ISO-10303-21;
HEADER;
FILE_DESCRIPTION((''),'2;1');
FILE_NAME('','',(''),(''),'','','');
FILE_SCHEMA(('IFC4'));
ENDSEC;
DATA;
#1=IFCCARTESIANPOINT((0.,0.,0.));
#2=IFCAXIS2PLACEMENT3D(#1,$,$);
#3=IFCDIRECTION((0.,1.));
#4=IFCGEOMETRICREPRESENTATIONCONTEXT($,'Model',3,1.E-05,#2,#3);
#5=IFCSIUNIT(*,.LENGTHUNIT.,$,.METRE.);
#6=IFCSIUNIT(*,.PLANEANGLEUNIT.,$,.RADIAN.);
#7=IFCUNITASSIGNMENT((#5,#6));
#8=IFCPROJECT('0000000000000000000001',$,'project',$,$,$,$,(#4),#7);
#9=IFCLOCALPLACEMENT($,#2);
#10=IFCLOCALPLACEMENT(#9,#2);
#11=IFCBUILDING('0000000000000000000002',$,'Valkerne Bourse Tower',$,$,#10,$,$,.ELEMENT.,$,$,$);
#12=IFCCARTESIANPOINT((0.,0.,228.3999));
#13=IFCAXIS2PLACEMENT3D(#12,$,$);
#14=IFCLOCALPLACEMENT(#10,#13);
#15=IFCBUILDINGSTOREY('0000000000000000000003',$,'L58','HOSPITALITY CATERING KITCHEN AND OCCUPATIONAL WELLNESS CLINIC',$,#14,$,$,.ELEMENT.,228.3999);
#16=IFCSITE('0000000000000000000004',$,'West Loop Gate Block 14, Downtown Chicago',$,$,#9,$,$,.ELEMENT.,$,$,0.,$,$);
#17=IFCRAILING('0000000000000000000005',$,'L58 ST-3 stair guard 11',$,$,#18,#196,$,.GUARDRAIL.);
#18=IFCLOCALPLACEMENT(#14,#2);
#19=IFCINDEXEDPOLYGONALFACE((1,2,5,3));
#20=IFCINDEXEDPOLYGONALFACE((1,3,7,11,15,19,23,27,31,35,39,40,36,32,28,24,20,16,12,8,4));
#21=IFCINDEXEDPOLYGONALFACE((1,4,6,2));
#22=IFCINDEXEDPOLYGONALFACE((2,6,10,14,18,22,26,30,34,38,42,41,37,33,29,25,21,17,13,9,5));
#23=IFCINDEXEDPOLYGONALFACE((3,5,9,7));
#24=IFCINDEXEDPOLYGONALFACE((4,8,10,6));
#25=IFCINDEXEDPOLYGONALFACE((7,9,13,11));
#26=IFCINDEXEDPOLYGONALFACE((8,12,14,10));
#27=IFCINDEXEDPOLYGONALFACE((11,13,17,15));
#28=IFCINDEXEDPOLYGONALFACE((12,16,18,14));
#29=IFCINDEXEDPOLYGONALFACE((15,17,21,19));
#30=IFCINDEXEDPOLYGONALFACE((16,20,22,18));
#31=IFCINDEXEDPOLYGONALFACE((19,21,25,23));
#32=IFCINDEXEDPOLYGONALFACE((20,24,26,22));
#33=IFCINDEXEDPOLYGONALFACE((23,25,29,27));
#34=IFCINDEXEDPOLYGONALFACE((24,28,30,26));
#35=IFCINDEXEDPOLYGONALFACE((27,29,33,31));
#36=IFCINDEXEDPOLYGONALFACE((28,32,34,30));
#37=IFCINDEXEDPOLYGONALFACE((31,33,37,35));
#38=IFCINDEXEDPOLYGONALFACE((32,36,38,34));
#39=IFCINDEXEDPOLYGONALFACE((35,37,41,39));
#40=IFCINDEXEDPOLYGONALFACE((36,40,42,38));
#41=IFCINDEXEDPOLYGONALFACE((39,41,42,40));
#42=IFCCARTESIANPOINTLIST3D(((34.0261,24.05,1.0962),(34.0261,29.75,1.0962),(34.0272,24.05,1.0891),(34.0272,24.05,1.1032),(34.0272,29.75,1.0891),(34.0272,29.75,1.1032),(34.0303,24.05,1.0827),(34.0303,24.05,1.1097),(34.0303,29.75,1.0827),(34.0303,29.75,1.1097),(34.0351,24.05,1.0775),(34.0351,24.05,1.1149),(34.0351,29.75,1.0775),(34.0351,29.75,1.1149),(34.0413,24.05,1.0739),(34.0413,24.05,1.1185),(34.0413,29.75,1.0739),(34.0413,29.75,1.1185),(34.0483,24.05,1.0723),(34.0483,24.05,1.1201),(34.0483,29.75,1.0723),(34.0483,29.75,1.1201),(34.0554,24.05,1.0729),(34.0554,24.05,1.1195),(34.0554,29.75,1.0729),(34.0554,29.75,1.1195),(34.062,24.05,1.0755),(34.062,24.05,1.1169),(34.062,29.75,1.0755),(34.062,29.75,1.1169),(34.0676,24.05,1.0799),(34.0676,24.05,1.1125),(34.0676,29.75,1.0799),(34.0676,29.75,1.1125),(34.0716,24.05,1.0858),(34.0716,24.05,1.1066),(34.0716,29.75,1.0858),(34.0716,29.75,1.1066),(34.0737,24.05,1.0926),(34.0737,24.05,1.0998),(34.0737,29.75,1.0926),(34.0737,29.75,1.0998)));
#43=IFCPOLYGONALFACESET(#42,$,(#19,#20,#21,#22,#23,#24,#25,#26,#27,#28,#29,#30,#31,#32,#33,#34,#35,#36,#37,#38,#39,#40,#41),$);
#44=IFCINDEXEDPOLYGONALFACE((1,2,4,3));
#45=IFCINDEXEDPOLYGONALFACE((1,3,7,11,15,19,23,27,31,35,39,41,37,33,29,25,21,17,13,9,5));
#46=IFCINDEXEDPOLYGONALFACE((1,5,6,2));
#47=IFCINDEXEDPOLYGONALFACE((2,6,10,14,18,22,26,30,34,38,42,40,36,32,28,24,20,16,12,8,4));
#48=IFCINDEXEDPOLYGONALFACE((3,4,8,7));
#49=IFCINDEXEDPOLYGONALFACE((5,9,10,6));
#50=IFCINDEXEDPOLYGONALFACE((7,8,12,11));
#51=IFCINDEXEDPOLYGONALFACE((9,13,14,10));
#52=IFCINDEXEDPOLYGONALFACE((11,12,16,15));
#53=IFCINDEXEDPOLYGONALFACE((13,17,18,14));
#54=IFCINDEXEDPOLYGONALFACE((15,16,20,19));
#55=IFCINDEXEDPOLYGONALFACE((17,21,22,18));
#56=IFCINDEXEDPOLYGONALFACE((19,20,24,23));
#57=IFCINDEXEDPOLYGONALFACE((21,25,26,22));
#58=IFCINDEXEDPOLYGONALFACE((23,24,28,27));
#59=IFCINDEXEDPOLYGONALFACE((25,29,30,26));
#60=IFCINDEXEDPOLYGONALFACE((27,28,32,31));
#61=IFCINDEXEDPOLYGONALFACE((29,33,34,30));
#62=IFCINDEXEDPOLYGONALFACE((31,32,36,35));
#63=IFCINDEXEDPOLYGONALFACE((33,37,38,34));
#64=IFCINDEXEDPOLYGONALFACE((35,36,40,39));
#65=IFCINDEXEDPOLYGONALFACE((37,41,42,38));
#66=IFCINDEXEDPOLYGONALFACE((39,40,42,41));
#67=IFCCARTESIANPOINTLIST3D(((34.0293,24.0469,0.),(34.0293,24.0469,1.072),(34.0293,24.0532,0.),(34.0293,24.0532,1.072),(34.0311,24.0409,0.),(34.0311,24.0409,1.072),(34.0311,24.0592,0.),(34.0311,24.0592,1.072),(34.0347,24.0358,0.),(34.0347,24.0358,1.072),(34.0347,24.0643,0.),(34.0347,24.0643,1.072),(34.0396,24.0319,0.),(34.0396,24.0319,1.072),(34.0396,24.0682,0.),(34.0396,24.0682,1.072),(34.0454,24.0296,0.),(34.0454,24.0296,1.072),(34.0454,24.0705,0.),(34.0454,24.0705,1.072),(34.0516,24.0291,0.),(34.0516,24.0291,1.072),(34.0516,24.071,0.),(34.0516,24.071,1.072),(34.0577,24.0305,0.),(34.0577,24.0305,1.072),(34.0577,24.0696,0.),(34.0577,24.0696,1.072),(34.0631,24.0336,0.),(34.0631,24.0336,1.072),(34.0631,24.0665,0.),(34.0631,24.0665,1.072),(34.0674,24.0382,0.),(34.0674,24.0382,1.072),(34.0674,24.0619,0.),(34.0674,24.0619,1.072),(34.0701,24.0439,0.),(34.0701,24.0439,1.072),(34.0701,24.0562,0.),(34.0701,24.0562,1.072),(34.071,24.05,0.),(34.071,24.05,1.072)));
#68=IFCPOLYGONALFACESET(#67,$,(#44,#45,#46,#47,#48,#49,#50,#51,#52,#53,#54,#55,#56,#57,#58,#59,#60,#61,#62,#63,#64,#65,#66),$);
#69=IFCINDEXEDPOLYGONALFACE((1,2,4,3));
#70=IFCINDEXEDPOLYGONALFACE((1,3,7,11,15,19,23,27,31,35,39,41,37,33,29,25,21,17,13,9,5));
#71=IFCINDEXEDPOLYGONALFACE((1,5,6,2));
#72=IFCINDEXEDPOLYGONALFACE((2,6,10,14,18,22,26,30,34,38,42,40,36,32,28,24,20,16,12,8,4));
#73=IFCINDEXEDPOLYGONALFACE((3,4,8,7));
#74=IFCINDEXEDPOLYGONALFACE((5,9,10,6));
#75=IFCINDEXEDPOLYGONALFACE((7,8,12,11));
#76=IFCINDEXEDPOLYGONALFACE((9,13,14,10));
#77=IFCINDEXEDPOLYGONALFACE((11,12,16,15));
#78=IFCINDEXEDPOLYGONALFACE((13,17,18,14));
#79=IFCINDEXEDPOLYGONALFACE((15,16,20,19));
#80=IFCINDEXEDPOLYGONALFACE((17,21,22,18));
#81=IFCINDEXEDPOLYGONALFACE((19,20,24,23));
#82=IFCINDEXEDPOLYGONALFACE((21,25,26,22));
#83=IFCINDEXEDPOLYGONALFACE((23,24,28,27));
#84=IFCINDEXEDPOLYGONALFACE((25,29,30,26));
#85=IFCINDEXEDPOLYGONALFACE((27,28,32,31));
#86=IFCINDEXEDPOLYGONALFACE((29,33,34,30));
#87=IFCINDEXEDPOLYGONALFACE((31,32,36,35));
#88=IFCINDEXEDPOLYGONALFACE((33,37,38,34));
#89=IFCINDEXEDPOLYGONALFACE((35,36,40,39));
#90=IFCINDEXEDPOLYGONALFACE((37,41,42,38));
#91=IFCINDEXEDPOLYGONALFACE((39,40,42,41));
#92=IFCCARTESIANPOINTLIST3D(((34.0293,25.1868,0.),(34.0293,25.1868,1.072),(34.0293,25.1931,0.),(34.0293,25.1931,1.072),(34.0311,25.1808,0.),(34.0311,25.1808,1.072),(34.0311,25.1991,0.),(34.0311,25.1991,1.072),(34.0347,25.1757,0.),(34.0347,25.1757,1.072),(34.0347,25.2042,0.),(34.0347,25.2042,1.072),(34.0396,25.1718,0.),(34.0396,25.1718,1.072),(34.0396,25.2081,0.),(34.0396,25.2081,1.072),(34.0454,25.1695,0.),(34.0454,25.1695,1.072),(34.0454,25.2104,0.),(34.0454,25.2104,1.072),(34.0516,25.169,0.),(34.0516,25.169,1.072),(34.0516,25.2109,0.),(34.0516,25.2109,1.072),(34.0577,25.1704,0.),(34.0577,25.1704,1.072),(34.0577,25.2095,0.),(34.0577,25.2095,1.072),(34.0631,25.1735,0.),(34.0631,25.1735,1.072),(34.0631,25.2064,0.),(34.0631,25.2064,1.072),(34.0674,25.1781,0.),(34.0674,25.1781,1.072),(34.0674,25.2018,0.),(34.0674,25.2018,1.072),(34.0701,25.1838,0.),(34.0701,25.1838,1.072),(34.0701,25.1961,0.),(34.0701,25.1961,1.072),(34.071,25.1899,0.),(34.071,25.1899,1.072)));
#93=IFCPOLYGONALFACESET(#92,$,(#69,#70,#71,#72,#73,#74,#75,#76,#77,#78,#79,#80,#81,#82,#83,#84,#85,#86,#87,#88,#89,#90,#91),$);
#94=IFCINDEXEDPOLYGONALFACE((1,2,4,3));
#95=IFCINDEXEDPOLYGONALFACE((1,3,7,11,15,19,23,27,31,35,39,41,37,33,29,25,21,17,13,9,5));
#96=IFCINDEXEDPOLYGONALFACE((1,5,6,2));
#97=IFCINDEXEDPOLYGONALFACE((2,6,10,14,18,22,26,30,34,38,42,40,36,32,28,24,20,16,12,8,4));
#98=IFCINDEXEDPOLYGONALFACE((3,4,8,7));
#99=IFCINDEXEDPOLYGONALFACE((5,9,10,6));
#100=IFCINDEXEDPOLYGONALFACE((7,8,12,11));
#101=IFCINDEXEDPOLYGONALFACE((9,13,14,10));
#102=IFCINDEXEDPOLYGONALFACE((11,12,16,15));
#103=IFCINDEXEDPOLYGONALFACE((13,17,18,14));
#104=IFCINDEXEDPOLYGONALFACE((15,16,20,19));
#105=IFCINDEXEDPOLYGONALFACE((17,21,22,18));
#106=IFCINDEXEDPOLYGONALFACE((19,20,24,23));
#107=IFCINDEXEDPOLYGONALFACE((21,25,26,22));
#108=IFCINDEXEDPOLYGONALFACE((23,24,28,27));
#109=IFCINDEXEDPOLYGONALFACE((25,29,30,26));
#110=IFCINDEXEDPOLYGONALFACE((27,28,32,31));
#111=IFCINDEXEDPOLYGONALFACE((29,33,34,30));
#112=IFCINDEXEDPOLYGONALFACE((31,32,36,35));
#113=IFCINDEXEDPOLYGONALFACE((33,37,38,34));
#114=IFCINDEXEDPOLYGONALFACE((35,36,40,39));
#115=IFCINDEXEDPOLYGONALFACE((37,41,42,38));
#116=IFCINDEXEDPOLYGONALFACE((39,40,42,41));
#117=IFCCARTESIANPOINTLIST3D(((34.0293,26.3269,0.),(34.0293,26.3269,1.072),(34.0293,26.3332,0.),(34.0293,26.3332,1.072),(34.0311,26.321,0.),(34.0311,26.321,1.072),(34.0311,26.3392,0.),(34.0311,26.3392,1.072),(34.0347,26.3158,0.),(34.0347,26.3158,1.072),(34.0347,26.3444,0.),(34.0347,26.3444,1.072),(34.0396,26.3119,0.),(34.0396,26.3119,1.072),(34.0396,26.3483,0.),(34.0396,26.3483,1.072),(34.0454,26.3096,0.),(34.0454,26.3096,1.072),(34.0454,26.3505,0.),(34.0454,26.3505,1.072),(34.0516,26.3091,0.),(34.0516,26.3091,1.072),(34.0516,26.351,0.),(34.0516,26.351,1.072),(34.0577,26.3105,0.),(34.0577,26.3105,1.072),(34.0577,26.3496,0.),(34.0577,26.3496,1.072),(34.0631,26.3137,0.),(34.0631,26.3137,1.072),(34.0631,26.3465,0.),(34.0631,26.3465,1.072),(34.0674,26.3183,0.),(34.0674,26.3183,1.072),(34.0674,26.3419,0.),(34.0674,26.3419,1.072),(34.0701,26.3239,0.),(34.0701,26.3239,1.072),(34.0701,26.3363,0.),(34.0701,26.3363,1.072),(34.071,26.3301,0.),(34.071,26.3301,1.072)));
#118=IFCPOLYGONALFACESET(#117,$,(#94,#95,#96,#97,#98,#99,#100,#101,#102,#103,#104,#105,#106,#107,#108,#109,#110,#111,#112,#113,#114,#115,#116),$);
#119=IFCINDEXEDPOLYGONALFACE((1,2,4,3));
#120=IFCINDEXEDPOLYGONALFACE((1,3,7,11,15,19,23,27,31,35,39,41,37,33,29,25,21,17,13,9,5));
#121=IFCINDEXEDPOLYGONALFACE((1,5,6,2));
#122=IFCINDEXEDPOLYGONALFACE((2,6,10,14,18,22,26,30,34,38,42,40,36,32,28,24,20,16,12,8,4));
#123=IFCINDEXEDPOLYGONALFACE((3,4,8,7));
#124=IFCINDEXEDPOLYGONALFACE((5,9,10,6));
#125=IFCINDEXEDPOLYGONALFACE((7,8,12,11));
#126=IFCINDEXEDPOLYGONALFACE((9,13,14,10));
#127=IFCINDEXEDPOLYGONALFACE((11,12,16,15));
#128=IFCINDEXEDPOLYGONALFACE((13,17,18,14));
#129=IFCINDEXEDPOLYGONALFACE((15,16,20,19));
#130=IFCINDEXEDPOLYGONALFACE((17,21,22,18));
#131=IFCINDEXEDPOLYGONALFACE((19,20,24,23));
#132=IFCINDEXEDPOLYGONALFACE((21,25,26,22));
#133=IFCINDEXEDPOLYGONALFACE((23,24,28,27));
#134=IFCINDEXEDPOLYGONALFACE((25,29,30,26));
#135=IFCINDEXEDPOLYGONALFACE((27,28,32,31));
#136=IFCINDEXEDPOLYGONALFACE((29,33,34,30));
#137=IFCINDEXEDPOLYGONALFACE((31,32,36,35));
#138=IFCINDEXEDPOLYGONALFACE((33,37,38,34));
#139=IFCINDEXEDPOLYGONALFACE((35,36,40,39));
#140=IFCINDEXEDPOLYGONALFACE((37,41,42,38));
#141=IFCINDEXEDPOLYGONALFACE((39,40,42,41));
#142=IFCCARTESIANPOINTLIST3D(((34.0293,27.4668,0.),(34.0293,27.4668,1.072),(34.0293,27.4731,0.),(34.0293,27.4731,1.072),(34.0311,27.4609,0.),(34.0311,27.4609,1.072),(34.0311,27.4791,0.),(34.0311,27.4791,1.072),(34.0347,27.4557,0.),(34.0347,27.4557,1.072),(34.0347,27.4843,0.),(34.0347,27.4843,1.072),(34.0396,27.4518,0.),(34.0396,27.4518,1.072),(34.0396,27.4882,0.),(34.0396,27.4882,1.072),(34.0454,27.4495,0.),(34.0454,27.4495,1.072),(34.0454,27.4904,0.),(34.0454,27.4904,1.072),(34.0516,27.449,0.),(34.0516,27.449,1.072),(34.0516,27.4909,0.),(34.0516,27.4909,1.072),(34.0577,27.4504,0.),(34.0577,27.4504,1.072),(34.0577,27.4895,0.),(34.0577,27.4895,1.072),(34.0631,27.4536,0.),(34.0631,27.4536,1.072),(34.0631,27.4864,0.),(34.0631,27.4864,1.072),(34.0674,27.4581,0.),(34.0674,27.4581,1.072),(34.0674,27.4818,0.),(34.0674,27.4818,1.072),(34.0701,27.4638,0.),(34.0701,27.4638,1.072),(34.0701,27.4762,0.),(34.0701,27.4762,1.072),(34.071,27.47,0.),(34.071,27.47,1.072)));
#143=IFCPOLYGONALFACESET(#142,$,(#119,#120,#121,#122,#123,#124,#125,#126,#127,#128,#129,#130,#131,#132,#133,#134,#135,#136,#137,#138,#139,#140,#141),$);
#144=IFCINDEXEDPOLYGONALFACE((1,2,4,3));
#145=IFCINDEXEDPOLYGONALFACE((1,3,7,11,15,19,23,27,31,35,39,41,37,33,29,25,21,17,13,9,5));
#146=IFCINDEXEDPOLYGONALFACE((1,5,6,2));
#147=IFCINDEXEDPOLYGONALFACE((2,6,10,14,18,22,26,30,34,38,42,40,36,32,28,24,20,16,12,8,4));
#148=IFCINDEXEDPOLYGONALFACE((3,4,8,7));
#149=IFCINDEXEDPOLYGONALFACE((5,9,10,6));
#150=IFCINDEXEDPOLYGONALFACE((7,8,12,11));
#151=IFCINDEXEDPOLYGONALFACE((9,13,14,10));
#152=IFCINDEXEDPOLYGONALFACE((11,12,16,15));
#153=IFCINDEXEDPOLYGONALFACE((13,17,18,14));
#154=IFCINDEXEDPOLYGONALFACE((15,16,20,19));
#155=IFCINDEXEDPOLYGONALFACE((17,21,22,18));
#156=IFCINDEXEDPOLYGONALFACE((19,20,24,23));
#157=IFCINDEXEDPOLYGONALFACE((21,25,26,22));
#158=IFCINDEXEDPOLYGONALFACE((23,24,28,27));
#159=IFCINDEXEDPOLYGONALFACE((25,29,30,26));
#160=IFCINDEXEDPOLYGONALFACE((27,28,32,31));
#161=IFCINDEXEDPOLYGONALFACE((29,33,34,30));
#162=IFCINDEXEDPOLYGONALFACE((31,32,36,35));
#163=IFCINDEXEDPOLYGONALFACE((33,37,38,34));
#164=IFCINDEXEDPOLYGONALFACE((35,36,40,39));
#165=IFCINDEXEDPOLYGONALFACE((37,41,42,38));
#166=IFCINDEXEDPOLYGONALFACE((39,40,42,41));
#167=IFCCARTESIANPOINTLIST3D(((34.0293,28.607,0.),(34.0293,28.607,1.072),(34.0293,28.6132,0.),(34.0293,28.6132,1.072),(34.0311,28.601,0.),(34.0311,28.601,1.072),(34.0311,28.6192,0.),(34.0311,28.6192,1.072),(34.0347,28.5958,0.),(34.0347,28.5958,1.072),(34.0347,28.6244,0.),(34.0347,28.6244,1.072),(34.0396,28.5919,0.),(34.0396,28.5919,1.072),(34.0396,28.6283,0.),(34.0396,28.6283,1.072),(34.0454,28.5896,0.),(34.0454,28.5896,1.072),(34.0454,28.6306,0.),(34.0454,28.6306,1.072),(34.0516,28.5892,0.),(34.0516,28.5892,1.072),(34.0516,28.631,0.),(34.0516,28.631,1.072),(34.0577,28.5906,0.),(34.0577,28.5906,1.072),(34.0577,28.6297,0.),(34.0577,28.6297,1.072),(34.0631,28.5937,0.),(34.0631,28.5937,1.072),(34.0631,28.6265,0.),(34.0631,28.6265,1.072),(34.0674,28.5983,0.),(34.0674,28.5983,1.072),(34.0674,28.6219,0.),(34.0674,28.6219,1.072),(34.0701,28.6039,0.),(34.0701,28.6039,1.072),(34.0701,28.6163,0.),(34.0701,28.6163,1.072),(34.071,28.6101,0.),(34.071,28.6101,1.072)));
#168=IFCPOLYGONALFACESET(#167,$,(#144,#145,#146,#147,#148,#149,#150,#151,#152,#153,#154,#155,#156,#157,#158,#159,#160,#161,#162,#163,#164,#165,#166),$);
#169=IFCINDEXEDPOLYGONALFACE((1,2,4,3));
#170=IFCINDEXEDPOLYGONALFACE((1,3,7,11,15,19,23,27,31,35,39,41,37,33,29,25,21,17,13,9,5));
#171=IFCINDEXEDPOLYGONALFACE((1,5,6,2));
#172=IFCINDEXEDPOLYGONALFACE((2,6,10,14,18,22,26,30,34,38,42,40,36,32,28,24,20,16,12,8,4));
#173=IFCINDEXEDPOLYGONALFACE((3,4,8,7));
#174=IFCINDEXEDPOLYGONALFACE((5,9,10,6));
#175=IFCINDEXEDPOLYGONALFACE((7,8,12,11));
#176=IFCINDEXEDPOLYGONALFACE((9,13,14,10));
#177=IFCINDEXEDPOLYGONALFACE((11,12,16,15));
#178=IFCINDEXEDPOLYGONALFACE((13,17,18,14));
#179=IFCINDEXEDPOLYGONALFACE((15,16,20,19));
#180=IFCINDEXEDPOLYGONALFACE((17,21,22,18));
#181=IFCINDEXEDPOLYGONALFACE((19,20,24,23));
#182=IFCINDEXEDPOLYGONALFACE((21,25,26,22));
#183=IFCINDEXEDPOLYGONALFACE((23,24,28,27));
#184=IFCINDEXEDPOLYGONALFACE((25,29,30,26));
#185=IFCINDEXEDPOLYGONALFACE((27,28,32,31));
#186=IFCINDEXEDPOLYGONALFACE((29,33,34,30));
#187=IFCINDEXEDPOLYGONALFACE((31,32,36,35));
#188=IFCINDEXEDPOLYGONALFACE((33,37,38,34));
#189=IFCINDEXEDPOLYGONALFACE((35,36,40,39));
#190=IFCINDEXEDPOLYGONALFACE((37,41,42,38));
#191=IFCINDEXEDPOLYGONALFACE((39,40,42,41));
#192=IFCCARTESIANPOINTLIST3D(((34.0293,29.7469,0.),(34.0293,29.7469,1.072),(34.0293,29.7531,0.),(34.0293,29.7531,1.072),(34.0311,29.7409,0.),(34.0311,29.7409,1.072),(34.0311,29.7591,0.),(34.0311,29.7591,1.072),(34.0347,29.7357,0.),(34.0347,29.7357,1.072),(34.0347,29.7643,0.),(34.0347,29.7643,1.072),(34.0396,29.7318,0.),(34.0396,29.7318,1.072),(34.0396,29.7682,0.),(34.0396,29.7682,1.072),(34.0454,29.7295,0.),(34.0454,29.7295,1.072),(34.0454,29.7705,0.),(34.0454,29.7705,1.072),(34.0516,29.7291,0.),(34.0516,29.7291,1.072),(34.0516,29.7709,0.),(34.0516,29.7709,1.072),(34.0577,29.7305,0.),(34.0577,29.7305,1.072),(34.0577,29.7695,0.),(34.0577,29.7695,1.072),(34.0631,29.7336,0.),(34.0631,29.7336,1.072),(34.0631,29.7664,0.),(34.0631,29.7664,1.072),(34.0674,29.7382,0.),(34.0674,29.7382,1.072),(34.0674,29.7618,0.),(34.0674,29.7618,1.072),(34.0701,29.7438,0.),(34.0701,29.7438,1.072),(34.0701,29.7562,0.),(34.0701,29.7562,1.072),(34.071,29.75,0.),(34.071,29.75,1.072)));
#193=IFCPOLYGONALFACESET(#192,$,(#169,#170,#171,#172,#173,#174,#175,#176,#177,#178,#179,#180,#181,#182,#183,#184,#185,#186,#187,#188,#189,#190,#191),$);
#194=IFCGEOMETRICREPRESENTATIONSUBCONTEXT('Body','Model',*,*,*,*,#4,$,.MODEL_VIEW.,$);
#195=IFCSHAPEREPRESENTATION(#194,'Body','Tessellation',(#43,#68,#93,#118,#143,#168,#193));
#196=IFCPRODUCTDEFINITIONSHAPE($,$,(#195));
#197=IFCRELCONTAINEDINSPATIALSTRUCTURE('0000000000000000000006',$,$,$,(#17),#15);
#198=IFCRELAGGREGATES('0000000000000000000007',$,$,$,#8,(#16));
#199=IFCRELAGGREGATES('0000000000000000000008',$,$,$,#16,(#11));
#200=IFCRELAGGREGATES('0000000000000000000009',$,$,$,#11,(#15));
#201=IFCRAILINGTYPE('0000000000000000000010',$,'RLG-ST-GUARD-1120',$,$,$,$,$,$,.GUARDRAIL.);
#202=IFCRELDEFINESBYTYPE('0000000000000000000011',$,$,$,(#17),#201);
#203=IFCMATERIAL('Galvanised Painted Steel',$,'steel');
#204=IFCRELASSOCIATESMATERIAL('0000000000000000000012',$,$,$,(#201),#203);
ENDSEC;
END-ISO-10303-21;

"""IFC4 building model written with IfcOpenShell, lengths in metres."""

from ifc_helpers import new_model, si_unit, direction, frame, origin, origin_2d, place, context, subcontext, project, spatial, circle, extrude, material, type_object, element, save


model = new_model("IFC4")

# Units and contexts
model_context = context("Model", 3, precision=1e-05, world=origin(), true_north=direction((0.0, 1.0)))
body_context = subcontext(model_context, "Body", "Model", "MODEL_VIEW")
ifc_project = project(units=[si_unit("LENGTHUNIT", "METRE"), si_unit("PLANEANGLEUNIT", "RADIAN")], contexts=[model_context])

# Site, building, storey
site_placement = place(None, origin())
site = spatial("IfcSite", under=ifc_project, at=site_placement, Name="West Loop Gate Block 14, Downtown Chicago", CompositionType="ELEMENT", RefElevation=0.0)
building_placement = place(site_placement, origin())
building = spatial("IfcBuilding", under=site, at=building_placement, Name="Valkerne Bourse Tower", CompositionType="ELEMENT")
storey_placement = place(building_placement, frame((0.0, 0.0, 228.3999)))
storey = spatial("IfcBuildingStorey", under=building, at=storey_placement, Name="L58", Description="HOSPITALITY CATERING KITCHEN AND OCCUPATIONAL WELLNESS CLINIC", CompositionType="ELEMENT", Elevation=228.3999)

# Shared definitions
ifc_material_1 = material(Name="Galvanised Painted Steel", Category="steel")

# Railing
railing_type_1 = type_object("IfcRailingType", Name="RLG-ST-GUARD-1120", PredefinedType="GUARDRAIL", material=ifc_material_1)
railing_1_placement = place(storey_placement, frame((34.05, 24.05, 0.0)))
element("IfcRailing", 1, at=railing_1_placement, inside=storey, type_object=railing_type_1, Name="L58 ST-3 stair guard 11", PredefinedType="GUARDRAIL", context=body_context, shape_type="SweptSolid", body=[
    extrude(circle(Radius=0.0239, at=origin_2d()), frame((0.0, 0.0, 1.0962), z_axis=(0.0, 1.0, 0.0), x_axis=(-1.0, 0.0, 0.0)), (0.0, 0.0, 1.0), 5.7),
    extrude(circle(Radius=0.021, at=origin_2d()), origin(), (0.0, 0.0, 1.0), 1.072),
    extrude(circle(Radius=0.021, at=origin_2d()), frame((0.0, 1.1399, 0.0)), (0.0, 0.0, 1.0), 1.072),
    extrude(circle(Radius=0.021, at=origin_2d()), frame((0.0, 2.28, 0.0)), (0.0, 0.0, 1.0), 1.072),
    extrude(circle(Radius=0.021, at=origin_2d()), frame((0.0, 3.4199, 0.0)), (0.0, 0.0, 1.0), 1.072),
    extrude(circle(Radius=0.021, at=origin_2d()), frame((0.0, 4.5601, 0.0)), (0.0, 0.0, 1.0), 1.072),
    extrude(circle(Radius=0.021, at=origin_2d()), frame((0.0, 5.7, 0.0)), (0.0, 0.0, 1.0), 1.072),
])

save(model, "model.ifc")
